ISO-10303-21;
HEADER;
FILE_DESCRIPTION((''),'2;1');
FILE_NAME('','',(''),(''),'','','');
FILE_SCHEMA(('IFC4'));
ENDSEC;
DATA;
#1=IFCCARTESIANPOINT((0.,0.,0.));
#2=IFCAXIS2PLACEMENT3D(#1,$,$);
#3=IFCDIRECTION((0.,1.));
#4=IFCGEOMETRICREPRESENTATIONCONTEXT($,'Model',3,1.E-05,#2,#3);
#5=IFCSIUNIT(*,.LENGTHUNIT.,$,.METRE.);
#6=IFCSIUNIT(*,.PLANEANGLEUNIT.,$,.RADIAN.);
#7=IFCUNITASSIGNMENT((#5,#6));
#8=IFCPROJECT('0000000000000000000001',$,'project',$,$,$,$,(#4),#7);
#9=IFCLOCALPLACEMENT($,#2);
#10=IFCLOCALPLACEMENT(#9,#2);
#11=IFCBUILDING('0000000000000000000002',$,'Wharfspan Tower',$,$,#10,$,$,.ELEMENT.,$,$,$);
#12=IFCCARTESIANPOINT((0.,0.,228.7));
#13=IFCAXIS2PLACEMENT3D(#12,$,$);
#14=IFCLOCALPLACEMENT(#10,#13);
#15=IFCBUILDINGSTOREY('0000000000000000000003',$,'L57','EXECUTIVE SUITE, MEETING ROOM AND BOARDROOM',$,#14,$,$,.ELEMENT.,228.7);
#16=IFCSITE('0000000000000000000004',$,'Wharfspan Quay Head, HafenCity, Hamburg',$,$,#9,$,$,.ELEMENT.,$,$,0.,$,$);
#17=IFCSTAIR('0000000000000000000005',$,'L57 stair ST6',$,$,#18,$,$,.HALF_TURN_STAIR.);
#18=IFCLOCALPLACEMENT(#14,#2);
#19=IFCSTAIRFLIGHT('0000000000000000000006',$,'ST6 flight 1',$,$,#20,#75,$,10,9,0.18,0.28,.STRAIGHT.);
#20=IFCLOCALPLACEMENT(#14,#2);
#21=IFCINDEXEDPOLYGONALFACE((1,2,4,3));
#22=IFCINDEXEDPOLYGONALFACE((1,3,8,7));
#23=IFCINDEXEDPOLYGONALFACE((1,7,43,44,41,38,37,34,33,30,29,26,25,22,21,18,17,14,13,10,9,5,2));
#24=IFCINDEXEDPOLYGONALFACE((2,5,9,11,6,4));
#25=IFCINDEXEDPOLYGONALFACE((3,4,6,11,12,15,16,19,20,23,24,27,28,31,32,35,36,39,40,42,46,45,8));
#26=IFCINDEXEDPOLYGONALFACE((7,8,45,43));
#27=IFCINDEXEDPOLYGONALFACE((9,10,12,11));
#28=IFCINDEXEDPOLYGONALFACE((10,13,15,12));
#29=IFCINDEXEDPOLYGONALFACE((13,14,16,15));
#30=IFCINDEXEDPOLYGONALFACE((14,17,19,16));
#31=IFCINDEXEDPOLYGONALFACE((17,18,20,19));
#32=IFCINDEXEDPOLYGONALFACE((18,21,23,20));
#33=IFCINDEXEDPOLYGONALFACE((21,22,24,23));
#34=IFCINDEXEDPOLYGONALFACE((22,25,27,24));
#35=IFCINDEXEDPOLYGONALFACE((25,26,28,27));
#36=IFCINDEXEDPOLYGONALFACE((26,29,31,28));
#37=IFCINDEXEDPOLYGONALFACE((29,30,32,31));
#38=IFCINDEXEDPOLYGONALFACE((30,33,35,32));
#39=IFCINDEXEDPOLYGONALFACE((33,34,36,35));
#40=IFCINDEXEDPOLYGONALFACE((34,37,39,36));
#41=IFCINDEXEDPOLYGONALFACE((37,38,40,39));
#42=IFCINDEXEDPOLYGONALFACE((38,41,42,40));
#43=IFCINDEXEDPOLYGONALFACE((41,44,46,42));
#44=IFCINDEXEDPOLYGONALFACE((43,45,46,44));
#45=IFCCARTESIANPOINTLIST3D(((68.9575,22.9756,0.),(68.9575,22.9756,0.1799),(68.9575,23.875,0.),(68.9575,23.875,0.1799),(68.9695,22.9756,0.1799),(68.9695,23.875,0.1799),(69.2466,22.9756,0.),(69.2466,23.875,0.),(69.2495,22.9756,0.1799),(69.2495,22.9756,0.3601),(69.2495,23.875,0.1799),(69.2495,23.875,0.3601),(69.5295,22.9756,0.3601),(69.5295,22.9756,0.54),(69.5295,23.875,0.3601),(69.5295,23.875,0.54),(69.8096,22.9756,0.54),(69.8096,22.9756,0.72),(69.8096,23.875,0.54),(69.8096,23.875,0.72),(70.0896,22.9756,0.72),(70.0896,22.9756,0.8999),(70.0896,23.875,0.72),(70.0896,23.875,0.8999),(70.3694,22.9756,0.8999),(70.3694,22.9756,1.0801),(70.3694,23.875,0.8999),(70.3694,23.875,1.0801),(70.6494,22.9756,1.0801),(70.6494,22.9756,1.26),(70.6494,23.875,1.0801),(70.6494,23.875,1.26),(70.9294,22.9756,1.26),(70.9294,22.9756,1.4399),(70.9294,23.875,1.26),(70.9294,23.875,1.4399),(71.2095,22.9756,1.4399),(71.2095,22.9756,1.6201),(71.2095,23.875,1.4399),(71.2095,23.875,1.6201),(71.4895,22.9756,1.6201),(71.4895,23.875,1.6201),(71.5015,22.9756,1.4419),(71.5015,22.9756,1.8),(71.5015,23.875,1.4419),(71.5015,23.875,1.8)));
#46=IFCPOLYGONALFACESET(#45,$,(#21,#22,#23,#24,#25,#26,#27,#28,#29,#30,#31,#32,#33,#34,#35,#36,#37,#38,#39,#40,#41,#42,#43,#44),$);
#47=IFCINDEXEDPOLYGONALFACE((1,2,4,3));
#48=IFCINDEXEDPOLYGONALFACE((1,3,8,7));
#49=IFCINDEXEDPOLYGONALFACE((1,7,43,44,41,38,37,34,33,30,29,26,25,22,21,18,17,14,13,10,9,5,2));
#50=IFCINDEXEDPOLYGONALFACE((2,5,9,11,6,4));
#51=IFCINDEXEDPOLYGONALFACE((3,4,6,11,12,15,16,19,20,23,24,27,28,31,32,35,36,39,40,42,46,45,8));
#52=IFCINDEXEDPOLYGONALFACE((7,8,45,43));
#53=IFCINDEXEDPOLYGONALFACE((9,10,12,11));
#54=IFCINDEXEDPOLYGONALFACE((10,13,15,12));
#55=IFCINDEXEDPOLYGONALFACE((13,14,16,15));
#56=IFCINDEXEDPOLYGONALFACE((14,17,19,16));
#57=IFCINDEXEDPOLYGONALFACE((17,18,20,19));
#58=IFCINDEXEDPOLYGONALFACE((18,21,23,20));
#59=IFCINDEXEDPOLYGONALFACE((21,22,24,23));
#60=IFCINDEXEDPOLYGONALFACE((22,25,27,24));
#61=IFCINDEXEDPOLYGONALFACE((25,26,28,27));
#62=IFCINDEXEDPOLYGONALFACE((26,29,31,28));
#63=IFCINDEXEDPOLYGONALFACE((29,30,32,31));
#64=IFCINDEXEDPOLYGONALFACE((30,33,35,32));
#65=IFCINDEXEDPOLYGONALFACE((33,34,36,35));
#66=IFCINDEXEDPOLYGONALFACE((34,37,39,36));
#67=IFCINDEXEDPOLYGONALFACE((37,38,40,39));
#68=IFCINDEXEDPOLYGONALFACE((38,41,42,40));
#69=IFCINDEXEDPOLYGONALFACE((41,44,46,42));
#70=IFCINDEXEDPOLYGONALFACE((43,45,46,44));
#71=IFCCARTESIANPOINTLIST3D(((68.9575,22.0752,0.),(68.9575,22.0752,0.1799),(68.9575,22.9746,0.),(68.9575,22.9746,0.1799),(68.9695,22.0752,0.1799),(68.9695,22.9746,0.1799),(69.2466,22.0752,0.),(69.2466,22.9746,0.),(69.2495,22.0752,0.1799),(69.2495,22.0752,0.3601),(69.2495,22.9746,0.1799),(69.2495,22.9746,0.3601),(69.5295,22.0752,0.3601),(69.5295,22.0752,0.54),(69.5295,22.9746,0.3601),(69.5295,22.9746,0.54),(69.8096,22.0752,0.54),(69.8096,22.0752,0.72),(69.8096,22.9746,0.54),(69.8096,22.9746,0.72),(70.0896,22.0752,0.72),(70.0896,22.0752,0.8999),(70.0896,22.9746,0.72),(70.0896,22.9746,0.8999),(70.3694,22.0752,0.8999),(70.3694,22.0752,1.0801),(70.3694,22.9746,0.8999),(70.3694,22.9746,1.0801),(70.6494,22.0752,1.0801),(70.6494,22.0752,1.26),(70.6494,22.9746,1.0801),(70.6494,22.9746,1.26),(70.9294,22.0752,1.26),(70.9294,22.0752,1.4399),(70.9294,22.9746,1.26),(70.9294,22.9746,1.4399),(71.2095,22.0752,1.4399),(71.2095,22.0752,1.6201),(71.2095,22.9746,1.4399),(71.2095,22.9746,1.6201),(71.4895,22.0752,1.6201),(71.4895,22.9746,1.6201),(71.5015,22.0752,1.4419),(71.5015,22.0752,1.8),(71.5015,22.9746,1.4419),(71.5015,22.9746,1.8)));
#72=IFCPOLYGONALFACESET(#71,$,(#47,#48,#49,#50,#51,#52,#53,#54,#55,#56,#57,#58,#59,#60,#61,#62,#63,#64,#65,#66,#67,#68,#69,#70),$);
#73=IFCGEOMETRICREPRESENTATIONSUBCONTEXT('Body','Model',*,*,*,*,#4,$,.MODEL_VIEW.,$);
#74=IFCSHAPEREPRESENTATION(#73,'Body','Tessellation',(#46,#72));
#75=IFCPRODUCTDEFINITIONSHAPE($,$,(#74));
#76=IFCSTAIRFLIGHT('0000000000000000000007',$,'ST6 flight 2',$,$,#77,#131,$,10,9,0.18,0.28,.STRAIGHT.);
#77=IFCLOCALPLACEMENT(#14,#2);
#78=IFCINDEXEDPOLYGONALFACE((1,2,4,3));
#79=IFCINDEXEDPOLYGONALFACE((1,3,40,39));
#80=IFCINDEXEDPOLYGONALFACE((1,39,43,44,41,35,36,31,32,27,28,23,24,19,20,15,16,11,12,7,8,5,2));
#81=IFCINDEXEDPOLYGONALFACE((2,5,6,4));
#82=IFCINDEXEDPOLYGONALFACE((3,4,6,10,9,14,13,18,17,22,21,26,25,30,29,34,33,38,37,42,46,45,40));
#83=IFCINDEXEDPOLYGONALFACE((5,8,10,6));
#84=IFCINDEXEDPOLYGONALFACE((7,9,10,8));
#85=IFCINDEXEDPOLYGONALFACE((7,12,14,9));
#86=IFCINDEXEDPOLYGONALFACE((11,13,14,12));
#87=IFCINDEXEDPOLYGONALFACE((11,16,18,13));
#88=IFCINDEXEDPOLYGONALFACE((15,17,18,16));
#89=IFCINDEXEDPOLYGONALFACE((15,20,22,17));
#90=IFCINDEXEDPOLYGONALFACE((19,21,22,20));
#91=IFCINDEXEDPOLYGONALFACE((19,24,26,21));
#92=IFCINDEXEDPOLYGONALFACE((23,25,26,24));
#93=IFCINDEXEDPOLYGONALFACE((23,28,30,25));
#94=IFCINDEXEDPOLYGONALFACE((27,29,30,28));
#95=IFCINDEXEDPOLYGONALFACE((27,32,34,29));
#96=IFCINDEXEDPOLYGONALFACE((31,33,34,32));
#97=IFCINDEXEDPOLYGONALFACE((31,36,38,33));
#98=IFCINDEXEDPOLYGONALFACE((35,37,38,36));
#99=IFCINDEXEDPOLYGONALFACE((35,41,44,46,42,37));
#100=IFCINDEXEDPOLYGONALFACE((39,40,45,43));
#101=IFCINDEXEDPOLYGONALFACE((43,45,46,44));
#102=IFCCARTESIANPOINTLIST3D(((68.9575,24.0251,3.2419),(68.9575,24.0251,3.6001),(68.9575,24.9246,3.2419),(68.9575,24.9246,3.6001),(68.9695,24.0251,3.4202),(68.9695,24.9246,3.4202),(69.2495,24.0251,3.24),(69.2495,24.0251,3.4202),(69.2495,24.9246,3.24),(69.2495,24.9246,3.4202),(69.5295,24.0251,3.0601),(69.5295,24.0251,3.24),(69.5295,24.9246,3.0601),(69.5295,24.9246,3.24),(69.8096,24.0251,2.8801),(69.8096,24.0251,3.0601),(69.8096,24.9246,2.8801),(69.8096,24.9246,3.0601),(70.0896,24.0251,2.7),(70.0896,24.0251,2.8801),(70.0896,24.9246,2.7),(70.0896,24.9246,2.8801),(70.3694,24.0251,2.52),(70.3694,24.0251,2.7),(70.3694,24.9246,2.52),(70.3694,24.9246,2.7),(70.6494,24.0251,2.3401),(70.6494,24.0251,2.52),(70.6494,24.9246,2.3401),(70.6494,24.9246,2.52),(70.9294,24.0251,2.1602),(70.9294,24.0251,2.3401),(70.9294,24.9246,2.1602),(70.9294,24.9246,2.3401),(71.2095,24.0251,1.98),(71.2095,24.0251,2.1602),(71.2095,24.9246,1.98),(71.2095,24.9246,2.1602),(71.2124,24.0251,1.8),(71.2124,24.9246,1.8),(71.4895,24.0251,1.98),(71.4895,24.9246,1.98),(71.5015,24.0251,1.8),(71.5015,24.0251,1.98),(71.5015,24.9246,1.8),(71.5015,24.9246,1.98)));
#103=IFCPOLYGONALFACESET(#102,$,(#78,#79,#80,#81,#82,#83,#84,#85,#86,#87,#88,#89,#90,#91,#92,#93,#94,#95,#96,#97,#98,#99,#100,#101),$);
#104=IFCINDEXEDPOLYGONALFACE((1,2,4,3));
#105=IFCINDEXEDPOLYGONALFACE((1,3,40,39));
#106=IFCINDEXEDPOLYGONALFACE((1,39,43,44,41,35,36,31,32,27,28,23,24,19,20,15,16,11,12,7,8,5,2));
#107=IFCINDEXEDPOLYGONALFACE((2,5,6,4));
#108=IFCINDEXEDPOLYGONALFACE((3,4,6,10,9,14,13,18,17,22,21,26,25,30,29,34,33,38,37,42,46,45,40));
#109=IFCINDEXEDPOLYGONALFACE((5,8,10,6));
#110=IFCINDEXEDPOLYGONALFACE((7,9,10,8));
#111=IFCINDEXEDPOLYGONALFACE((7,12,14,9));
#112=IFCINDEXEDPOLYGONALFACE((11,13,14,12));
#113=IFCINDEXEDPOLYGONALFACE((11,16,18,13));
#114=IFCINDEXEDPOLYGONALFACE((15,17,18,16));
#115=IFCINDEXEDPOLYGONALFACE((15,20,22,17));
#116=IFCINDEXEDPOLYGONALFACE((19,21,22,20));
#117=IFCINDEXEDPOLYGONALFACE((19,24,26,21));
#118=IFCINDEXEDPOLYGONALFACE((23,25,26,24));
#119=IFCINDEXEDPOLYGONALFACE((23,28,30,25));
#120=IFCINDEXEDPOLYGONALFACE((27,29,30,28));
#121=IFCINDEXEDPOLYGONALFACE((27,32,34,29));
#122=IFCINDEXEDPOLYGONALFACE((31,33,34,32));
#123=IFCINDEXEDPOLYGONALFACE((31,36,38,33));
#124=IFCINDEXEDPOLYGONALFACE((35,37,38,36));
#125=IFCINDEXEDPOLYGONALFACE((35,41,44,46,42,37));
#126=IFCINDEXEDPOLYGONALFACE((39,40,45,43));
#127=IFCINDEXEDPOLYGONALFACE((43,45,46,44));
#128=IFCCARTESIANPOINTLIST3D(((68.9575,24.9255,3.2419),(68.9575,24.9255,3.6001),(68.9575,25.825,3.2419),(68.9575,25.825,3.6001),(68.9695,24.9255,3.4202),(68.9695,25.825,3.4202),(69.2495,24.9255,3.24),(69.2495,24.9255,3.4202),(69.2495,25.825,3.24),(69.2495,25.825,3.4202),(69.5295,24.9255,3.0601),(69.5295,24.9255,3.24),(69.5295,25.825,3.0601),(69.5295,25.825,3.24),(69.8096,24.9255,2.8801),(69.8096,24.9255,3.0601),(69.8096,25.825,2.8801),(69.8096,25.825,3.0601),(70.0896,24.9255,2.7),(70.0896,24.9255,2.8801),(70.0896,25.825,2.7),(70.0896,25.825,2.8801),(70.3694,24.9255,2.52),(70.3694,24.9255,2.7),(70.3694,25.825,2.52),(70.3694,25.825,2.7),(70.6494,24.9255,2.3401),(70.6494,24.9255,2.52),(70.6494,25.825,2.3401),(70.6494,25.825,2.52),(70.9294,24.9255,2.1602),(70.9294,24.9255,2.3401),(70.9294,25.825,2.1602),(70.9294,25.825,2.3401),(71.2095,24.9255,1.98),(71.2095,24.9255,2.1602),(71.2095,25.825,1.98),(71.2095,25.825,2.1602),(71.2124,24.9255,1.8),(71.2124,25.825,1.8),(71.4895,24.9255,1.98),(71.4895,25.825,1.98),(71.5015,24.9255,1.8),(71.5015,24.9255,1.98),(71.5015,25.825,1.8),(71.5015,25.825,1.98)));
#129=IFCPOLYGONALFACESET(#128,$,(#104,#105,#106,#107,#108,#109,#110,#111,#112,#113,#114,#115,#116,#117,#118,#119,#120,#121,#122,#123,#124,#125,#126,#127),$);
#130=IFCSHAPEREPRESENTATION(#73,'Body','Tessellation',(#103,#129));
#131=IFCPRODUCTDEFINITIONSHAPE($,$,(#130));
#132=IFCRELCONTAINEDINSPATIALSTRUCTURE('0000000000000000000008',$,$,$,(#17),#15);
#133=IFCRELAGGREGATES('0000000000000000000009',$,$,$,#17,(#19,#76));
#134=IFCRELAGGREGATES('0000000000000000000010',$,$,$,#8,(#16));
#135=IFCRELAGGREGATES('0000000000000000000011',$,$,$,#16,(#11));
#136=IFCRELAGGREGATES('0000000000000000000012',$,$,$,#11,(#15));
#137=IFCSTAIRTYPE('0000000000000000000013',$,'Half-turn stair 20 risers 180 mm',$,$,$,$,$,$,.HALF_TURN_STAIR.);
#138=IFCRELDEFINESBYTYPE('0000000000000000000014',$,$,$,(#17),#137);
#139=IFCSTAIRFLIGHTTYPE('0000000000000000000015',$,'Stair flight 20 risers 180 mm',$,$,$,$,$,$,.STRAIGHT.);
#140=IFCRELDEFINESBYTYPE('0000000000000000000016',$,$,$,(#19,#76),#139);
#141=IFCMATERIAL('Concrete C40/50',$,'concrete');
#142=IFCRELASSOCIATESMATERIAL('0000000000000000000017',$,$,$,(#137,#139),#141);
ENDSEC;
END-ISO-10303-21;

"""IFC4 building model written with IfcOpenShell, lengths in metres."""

from ifc_helpers import new_model, si_unit, direction, frame, origin, place, context, subcontext, project, spatial, polyline, outline, extrude, material, type_object, element, aggregate, save


model = new_model("IFC4")

# Units and contexts
model_context = context("Model", 3, precision=1e-05, world=origin(), true_north=direction((0.0, 1.0)))
body_context = subcontext(model_context, "Body", "Model", "MODEL_VIEW")
ifc_project = project(units=[si_unit("LENGTHUNIT", "METRE"), si_unit("PLANEANGLEUNIT", "RADIAN")], contexts=[model_context])

# Site, building, storey
site_placement = place(None, origin())
site = spatial("IfcSite", under=ifc_project, at=site_placement, Name="Wharfspan Quay Head, HafenCity, Hamburg", CompositionType="ELEMENT", RefElevation=0.0)
building_placement = place(site_placement, origin())
building = spatial("IfcBuilding", under=site, at=building_placement, Name="Wharfspan Tower", CompositionType="ELEMENT")
storey_placement = place(building_placement, frame((0.0, 0.0, 228.7)))
storey = spatial("IfcBuildingStorey", under=building, at=storey_placement, Name="L57", Description="EXECUTIVE SUITE, MEETING ROOM AND BOARDROOM", CompositionType="ELEMENT", Elevation=228.7)

# Shared definitions
ifc_material_1 = material(Name="Concrete C40/50", Category="concrete")

# Stair, stair flights
stair_type = type_object("IfcStairType", Name="Half-turn stair 20 risers 180 mm", PredefinedType="HALF_TURN_STAIR", material=ifc_material_1)
stair_placement = place(storey_placement, origin())
stair = element("IfcStair", 1, at=stair_placement, inside=storey, type_object=stair_type, Name="L57 stair ST6", PredefinedType="HALF_TURN_STAIR")
stair_flight_type = type_object("IfcStairFlightType", Name="Stair flight 20 risers 180 mm", PredefinedType="STRAIGHT", material=ifc_material_1)
stair_flight_1_placement = place(storey_placement, frame((68.9695, 22.9751, 0.0), z_axis=(0.0, 0.0, 1.0), x_axis=(1.0, 0.0, 0.0)))
stair_flight_1 = element("IfcStairFlight", 2, at=stair_flight_1_placement, type_object=stair_flight_type, Name="ST6 flight 1", NumberOfRisers=10, NumberOfTreads=9, PredefinedType="STRAIGHT", RiserHeight=0.18, TreadLength=0.28, context=body_context, shape_type="SweptSolid", body=[
    extrude(outline(polyline([(-0.012, 0.0), (-0.012, 0.1799), (0.0, 0.1799), (0.28, 0.1799), (0.28, 0.3601), (0.5601, 0.3601), (0.5601, 0.54), (0.8401, 0.54), (0.8401, 0.72), (1.1201, 0.72), (1.1201, 0.8999), (1.3999, 0.8999), (1.3999, 1.0801), (1.6799, 1.0801), (1.6799, 1.26), (1.96, 1.26), (1.96, 1.4399), (2.24, 1.4399), (2.24, 1.6201), (2.52, 1.6201), (2.532, 1.8), (2.532, 1.4419), (0.2771, 0.0), (-0.012, 0.0)])), frame((0.0, 0.8999, 0.0), z_axis=(0.0, -1.0, 0.0), x_axis=(1.0, 0.0, 0.0)), (0.0, 0.0, 1.0), 0.8994),
    extrude(outline(polyline([(-0.012, 0.0), (-0.012, 0.1799), (0.0, 0.1799), (0.28, 0.1799), (0.28, 0.3601), (0.5601, 0.3601), (0.5601, 0.54), (0.8401, 0.54), (0.8401, 0.72), (1.1201, 0.72), (1.1201, 0.8999), (1.3999, 0.8999), (1.3999, 1.0801), (1.6799, 1.0801), (1.6799, 1.26), (1.96, 1.26), (1.96, 1.4399), (2.24, 1.4399), (2.24, 1.6201), (2.52, 1.6201), (2.532, 1.8), (2.532, 1.4419), (0.2771, 0.0), (-0.012, 0.0)])), frame((0.0, -0.0005, 0.0), z_axis=(0.0, -1.0, 0.0), x_axis=(1.0, 0.0, 0.0)), (0.0, 0.0, 1.0), 0.8994),
])
stair_flight_2_placement = place(storey_placement, frame((71.4895, 24.925, 1.8), z_axis=(0.0, 0.0, 1.0), x_axis=(-1.0, 0.0, 0.0)))
stair_flight_2 = element("IfcStairFlight", 3, at=stair_flight_2_placement, type_object=stair_flight_type, Name="ST6 flight 2", NumberOfRisers=10, NumberOfTreads=9, PredefinedType="STRAIGHT", RiserHeight=0.18, TreadLength=0.28, context=body_context, shape_type="SweptSolid", body=[
    extrude(outline(polyline([(-0.012, 0.0), (-0.012, 0.1799), (0.0, 0.1799), (0.28, 0.1799), (0.28, 0.3601), (0.5601, 0.3601), (0.5601, 0.54), (0.8401, 0.54), (0.8401, 0.72), (1.1201, 0.72), (1.1201, 0.8999), (1.3999, 0.8999), (1.3999, 1.0801), (1.6799, 1.0801), (1.6799, 1.26), (1.96, 1.26), (1.96, 1.4399), (2.24, 1.4399), (2.24, 1.6201), (2.52, 1.6201), (2.532, 1.8), (2.532, 1.4419), (0.2771, 0.0), (-0.012, 0.0)])), frame((0.0, 0.8999, 0.0), z_axis=(0.0, -1.0, 0.0), x_axis=(1.0, 0.0, 0.0)), (0.0, 0.0, 1.0), 0.8994),
    extrude(outline(polyline([(-0.012, 0.0), (-0.012, 0.1799), (0.0, 0.1799), (0.28, 0.1799), (0.28, 0.3601), (0.5601, 0.3601), (0.5601, 0.54), (0.8401, 0.54), (0.8401, 0.72), (1.1201, 0.72), (1.1201, 0.8999), (1.3999, 0.8999), (1.3999, 1.0801), (1.6799, 1.0801), (1.6799, 1.26), (1.96, 1.26), (1.96, 1.4399), (2.24, 1.4399), (2.24, 1.6201), (2.52, 1.6201), (2.532, 1.8), (2.532, 1.4419), (0.2771, 0.0), (-0.012, 0.0)])), frame((0.0, -0.0005, 0.0), z_axis=(0.0, -1.0, 0.0), x_axis=(1.0, 0.0, 0.0)), (0.0, 0.0, 1.0), 0.8994),
])
aggregate(stair, [stair_flight_1, stair_flight_2])

save(model, "model.ifc")
